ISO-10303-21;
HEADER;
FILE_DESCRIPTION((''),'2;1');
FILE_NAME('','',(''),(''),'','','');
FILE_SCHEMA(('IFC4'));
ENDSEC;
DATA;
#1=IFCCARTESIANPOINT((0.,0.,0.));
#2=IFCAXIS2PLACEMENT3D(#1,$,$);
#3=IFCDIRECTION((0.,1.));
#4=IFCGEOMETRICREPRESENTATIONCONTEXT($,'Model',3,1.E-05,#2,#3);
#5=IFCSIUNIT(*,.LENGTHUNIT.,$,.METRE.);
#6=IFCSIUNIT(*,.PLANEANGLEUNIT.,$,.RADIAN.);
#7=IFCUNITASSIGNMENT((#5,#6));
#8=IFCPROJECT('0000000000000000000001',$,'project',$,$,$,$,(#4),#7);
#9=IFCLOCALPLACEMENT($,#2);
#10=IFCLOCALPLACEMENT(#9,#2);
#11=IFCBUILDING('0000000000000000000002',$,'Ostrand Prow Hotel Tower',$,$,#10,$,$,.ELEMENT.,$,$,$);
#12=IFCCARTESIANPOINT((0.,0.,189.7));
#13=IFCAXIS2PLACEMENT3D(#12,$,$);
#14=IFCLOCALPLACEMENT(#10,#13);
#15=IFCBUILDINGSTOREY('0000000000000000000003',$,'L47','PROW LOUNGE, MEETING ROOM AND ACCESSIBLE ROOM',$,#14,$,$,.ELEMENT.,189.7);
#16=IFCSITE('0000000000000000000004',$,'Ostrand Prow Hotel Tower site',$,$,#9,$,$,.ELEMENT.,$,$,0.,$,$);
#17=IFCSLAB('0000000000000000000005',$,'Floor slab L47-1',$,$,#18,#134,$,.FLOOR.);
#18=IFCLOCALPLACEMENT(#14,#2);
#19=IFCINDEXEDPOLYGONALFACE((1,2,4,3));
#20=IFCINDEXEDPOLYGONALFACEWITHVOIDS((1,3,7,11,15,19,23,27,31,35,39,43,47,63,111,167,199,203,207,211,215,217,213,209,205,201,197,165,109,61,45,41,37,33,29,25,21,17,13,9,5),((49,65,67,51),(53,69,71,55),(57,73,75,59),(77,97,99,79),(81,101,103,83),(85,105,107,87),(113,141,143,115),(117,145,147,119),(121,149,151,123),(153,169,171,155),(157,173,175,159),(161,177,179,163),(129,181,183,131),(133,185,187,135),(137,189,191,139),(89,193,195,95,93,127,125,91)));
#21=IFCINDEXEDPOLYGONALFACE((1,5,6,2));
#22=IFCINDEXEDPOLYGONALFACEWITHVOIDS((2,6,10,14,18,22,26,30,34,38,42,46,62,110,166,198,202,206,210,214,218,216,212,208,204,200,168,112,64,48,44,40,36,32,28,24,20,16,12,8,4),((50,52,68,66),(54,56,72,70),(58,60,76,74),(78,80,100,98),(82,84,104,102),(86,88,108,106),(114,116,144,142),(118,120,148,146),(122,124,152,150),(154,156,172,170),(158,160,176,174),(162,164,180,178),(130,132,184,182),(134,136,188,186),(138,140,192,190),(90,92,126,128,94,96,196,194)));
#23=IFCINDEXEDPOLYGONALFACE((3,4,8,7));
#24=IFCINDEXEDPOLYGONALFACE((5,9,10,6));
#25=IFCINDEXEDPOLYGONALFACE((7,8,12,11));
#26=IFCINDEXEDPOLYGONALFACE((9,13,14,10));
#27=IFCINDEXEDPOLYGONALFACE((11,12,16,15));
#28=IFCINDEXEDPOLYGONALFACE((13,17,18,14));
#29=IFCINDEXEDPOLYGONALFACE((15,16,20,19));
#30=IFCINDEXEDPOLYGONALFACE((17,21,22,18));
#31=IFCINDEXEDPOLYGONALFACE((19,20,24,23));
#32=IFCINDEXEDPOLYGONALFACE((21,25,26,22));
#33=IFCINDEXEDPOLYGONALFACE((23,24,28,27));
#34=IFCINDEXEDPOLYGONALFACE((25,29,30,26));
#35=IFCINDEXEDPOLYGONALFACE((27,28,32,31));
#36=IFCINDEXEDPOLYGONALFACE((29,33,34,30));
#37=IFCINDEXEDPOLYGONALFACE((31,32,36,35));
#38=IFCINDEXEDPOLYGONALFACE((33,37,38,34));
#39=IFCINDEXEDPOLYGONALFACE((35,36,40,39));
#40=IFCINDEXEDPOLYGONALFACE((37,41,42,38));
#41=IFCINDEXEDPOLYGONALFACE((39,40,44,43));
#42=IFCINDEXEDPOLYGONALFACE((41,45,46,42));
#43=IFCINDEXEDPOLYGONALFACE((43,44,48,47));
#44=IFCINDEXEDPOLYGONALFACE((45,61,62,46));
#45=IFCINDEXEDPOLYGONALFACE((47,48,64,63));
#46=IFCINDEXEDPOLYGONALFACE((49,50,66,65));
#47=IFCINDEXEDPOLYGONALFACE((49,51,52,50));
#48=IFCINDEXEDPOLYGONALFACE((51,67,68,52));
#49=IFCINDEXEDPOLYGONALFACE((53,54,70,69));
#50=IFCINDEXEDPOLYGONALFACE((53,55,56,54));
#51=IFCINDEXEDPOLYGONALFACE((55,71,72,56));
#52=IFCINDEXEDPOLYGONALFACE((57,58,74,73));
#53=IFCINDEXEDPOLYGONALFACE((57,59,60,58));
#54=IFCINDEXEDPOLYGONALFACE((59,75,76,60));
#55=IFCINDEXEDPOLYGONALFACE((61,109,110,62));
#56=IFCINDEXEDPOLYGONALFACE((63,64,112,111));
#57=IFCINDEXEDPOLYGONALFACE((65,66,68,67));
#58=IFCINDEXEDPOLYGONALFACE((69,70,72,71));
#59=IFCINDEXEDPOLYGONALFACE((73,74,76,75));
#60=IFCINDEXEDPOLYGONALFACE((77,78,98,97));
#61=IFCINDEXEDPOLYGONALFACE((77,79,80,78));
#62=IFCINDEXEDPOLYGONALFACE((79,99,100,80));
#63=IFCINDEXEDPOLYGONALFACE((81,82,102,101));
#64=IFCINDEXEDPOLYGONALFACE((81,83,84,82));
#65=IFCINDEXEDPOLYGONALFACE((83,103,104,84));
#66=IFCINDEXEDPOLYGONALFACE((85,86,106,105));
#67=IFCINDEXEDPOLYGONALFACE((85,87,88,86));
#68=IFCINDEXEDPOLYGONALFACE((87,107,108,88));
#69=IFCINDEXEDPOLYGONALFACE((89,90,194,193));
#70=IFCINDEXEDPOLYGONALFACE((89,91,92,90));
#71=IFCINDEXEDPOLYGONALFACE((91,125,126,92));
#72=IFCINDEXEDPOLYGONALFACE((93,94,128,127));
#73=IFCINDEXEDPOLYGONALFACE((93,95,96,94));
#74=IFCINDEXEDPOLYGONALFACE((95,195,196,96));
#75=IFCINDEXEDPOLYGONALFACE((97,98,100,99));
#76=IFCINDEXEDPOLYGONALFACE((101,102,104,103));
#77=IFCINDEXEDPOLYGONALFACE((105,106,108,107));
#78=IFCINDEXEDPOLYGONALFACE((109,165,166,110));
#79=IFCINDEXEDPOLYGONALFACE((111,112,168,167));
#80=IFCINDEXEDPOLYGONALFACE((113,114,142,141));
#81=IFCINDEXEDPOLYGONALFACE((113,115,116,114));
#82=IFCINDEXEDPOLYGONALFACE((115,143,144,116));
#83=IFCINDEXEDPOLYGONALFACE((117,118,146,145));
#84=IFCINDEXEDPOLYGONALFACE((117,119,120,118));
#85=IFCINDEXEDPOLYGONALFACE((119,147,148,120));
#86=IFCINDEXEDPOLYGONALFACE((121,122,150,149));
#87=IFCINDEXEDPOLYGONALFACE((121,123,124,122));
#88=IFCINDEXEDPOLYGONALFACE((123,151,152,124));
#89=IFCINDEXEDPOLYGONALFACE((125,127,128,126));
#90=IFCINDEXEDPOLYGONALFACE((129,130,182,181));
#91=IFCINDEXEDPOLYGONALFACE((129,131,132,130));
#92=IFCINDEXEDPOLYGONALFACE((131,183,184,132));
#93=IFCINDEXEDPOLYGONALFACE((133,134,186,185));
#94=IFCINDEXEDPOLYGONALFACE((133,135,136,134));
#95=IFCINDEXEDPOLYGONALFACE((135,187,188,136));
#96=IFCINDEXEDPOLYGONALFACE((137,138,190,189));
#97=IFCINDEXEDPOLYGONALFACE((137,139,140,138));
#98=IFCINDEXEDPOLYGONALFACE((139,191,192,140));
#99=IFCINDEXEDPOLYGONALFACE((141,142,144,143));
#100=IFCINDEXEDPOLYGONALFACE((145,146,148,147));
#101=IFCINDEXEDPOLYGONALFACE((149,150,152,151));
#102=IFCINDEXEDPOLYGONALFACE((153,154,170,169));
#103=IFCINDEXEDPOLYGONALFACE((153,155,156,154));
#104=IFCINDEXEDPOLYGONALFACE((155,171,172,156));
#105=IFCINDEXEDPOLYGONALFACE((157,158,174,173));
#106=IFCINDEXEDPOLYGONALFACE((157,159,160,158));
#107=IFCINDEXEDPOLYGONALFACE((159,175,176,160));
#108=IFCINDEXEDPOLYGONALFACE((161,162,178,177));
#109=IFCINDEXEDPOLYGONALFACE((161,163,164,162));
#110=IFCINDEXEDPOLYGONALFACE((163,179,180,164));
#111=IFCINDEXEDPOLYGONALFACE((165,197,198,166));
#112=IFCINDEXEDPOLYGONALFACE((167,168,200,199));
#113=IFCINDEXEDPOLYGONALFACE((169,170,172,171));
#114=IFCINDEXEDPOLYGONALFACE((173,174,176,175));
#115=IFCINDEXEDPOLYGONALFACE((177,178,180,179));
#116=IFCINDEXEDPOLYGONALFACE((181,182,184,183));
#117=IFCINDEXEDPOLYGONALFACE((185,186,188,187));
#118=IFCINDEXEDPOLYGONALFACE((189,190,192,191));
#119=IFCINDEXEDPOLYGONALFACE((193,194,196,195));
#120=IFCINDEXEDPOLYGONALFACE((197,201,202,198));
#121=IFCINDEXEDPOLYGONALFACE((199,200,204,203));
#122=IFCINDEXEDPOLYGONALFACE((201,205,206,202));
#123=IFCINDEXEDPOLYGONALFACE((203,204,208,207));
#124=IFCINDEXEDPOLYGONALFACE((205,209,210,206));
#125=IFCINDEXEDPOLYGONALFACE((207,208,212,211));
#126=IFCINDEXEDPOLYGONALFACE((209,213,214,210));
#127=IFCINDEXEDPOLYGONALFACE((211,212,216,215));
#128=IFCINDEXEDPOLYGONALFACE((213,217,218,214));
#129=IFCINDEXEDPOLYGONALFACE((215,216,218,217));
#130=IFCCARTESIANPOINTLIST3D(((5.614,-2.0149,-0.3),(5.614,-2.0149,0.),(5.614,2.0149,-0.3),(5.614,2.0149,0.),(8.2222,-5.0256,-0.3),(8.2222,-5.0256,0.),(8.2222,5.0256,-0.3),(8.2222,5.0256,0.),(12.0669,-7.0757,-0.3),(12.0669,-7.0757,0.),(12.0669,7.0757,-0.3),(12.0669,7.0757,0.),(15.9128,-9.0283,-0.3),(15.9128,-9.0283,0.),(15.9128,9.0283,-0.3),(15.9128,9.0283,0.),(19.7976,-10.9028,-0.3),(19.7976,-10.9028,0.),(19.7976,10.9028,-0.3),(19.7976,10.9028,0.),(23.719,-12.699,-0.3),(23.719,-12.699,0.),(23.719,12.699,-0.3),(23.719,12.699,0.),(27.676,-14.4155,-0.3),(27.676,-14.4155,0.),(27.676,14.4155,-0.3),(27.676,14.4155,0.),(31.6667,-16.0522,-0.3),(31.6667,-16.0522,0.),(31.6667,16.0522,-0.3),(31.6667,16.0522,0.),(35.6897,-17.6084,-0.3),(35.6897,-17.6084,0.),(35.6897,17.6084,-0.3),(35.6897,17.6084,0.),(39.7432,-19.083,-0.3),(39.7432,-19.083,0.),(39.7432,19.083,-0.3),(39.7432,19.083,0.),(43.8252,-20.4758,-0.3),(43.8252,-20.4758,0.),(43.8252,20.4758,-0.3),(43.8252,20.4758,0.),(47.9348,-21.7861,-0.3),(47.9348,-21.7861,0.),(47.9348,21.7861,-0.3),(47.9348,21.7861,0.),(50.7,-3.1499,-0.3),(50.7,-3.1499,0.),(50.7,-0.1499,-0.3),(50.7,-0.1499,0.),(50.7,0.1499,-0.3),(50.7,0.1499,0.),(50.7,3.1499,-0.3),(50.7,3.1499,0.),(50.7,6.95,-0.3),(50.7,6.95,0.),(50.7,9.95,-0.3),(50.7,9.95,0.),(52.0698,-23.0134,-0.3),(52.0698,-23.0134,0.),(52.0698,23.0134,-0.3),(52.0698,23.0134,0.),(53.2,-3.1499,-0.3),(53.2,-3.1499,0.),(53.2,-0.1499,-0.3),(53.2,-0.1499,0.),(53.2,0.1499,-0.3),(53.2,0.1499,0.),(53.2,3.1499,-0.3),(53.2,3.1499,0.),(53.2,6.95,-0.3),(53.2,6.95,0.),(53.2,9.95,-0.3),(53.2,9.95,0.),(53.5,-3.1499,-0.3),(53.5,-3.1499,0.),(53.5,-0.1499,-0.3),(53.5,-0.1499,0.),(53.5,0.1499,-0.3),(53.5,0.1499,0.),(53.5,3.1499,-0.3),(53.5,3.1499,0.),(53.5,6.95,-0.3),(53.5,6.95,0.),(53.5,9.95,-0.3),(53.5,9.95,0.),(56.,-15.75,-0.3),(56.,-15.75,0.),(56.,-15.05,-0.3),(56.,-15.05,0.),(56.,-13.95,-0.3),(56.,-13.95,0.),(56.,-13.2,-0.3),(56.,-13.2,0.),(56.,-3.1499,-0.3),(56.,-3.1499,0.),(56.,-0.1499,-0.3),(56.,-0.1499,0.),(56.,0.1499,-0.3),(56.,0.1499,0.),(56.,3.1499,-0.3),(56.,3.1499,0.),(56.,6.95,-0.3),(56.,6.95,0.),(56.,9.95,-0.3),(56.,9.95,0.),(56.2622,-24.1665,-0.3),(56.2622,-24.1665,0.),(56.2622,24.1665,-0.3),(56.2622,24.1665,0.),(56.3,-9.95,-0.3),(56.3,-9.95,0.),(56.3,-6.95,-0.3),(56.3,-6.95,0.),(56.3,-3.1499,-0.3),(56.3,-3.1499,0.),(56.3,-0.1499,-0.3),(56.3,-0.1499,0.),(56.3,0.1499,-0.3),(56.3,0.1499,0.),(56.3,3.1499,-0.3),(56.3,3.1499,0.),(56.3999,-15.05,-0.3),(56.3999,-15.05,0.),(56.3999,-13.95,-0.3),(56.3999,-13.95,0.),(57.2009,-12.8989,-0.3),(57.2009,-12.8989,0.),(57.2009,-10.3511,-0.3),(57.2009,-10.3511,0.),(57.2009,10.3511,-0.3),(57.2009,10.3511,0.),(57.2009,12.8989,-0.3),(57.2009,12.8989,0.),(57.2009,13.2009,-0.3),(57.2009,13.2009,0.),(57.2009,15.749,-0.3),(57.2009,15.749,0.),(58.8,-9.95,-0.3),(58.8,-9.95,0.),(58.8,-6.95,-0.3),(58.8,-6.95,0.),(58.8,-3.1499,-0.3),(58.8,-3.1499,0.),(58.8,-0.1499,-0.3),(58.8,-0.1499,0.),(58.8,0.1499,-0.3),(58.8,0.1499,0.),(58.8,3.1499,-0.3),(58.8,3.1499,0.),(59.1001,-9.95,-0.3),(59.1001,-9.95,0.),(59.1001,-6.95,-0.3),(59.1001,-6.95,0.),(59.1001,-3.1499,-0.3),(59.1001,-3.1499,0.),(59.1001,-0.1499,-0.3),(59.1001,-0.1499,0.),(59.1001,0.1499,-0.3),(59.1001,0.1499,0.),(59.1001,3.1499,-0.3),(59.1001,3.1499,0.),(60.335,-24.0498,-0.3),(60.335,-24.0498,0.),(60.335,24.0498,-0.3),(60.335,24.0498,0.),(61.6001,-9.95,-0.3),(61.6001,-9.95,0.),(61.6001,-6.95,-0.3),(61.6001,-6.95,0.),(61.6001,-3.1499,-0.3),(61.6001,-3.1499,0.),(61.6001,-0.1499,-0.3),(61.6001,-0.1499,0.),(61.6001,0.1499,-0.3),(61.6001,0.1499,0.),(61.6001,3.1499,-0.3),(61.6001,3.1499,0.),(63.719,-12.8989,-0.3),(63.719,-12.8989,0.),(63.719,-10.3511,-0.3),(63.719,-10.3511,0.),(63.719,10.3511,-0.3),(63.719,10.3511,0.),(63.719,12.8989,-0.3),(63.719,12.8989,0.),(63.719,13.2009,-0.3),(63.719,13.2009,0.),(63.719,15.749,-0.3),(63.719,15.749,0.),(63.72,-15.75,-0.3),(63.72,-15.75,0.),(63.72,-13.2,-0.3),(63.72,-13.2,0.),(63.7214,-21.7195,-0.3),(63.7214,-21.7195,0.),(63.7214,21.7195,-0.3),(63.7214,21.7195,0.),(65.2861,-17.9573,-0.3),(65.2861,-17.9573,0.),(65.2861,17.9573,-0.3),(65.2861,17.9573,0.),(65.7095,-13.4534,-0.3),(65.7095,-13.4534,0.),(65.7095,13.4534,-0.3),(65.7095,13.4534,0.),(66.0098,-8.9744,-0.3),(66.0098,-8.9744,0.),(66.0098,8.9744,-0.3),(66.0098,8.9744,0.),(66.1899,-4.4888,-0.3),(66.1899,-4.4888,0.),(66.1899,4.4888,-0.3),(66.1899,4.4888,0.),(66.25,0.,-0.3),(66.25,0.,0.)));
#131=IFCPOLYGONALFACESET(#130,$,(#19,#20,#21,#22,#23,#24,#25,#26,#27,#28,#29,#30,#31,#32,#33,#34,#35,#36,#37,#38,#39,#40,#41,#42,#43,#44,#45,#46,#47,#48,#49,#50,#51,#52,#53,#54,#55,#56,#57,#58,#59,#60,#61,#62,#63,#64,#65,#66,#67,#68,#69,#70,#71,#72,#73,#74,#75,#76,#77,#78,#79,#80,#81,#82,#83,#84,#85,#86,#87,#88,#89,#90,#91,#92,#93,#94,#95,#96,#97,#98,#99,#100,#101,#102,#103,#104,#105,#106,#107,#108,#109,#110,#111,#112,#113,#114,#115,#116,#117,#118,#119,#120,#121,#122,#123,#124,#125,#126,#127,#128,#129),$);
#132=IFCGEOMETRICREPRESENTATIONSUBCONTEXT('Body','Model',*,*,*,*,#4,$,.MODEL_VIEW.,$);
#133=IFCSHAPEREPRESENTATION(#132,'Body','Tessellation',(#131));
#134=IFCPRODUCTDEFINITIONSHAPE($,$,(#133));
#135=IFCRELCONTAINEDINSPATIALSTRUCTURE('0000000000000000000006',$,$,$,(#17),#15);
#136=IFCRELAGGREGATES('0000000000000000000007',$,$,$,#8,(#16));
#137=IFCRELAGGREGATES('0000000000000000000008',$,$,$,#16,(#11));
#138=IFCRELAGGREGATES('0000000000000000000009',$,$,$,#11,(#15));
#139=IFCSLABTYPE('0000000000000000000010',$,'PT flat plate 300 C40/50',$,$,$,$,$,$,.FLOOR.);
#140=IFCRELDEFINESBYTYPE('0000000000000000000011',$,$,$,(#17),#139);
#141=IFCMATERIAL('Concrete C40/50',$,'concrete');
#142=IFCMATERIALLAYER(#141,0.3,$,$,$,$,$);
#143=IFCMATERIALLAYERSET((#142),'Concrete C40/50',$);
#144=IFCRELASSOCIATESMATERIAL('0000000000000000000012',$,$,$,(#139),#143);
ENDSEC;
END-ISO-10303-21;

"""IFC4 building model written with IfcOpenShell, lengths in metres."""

from ifc_helpers import new_model, si_unit, direction, frame, origin, place, context, subcontext, project, spatial, polyline, outline, extrude, material, layer, layer_set, type_object, element, save


model = new_model("IFC4")

# Units and contexts
model_context = context("Model", 3, precision=1e-05, world=origin(), true_north=direction((0.0, 1.0)))
body_context = subcontext(model_context, "Body", "Model", "MODEL_VIEW")
ifc_project = project(units=[si_unit("LENGTHUNIT", "METRE"), si_unit("PLANEANGLEUNIT", "RADIAN")], contexts=[model_context])

# Site, building, storey
site_placement = place(None, origin())
site = spatial("IfcSite", under=ifc_project, at=site_placement, Name="Ostrand Prow Hotel Tower site", CompositionType="ELEMENT", RefElevation=0.0)
building_placement = place(site_placement, origin())
building = spatial("IfcBuilding", under=site, at=building_placement, Name="Ostrand Prow Hotel Tower", CompositionType="ELEMENT")
storey_placement = place(building_placement, frame((0.0, 0.0, 189.7)))
storey = spatial("IfcBuildingStorey", under=building, at=storey_placement, Name="L47", Description="PROW LOUNGE, MEETING ROOM AND ACCESSIBLE ROOM", CompositionType="ELEMENT", Elevation=189.7)

# Slab, opening
ifc_material_1 = material(Name="Concrete C40/50", Category="concrete")
ifc_layer_1 = layer(ifc_material_1, 0.3)
ifc_layer_set_1 = layer_set([ifc_layer_1], Name="Concrete C40/50")
slab_type = type_object("IfcSlabType", Name="PT flat plate 300 C40/50", PredefinedType="FLOOR", material=ifc_layer_set_1)
slab_placement = place(storey_placement, frame((0.0, 0.0, -0.3)))
slab = element("IfcSlab", 1, at=slab_placement, inside=storey, type_object=slab_type, Name="Floor slab L47-1", PredefinedType="FLOOR", context=body_context, shape_type="SweptSolid", body=[
    extrude(outline(polyline([(8.2222, 5.0256), (12.0669, 7.0757), (15.9128, 9.0283), (19.7976, 10.9028), (23.719, 12.699), (27.676, 14.4155), (31.6667, 16.0522), (35.6897, 17.6084), (39.7432, 19.083), (43.8252, 20.4758), (47.9348, 21.7861), (52.0698, 23.0134), (56.2622, 24.1665), (60.335, 24.0498), (63.7214, 21.7195), (65.2861, 17.9573), (65.7095, 13.4534), (66.0098, 8.9744), (66.1899, 4.4888), (66.25, 0.0), (66.1899, -4.4888), (66.0098, -8.9744), (65.7095, -13.4534), (65.2861, -17.9573), (63.7214, -21.7195), (60.335, -24.0498), (56.2622, -24.1665), (52.0698, -23.0134), (47.9348, -21.7861), (43.8252, -20.4758), (39.7432, -19.083), (35.6897, -17.6084), (31.6667, -16.0522), (27.676, -14.4155), (23.719, -12.699), (19.7976, -10.9028), (15.9128, -9.0283), (12.0669, -7.0757), (8.2222, -5.0256), (5.614, -2.0149), (5.614, 2.0149), (8.2222, 5.0256)]), holes=[polyline([(50.7, 6.95), (53.2, 6.95), (53.2, 9.95), (50.7, 9.95), (50.7, 6.95)]), polyline([(53.5, 6.95), (56.0, 6.95), (56.0, 9.95), (53.5, 9.95), (53.5, 6.95)]), polyline([(50.7, 0.1499), (53.2, 0.1499), (53.2, 3.1499), (50.7, 3.1499), (50.7, 0.1499)]), polyline([(53.5, 0.1499), (56.0, 0.1499), (56.0, 3.1499), (53.5, 3.1499), (53.5, 0.1499)]), polyline([(56.3, 0.1499), (58.8, 0.1499), (58.8, 3.1499), (56.3, 3.1499), (56.3, 0.1499)]), polyline([(59.1001, 0.1499), (61.6001, 0.1499), (61.6001, 3.1499), (59.1001, 3.1499), (59.1001, 0.1499)]), polyline([(50.7, -3.1499), (53.2, -3.1499), (53.2, -0.1499), (50.7, -0.1499), (50.7, -3.1499)]), polyline([(53.5, -3.1499), (56.0, -3.1499), (56.0, -0.1499), (53.5, -0.1499), (53.5, -3.1499)]), polyline([(56.3, -3.1499), (58.8, -3.1499), (58.8, -0.1499), (56.3, -0.1499), (56.3, -3.1499)]), polyline([(59.1001, -3.1499), (61.6001, -3.1499), (61.6001, -0.1499), (59.1001, -0.1499), (59.1001, -3.1499)]), polyline([(56.3, -9.95), (58.8, -9.95), (58.8, -6.95), (56.3, -6.95), (56.3, -9.95)]), polyline([(59.1001, -9.95), (61.6001, -9.95), (61.6001, -6.95), (59.1001, -6.95), (59.1001, -9.95)]), polyline([(57.2009, 10.3511), (57.2009, 12.8989), (63.719, 12.8989), (63.719, 10.3511), (57.2009, 10.3511)]), polyline([(57.2009, 13.2009), (57.2009, 15.749), (63.719, 15.749), (63.719, 13.2009), (57.2009, 13.2009)]), polyline([(57.2009, -12.8989), (57.2009, -10.3511), (63.719, -10.3511), (63.719, -12.8989), (57.2009, -12.8989)]), polyline([(63.72, -13.2), (63.72, -15.75), (56.0, -15.75), (56.0, -15.05), (56.3999, -15.05), (56.3999, -13.95), (56.0, -13.95), (56.0, -13.2), (63.72, -13.2)])]), origin(), (0.0, 0.0, 1.0), 0.3),
])
opening_1_placement = place(slab_placement, origin())
element("IfcOpeningElement", 2, at=opening_1_placement, cuts=slab, PredefinedType="OPENING", context=body_context, shape_type="SweptSolid", body=[
    extrude(outline(polyline([(63.72, -13.2), (63.72, -15.75), (56.0, -15.75), (56.0, -15.05), (56.3999, -15.05), (56.3999, -13.95), (56.0, -13.95), (56.0, -13.2), (63.72, -13.2)])), origin(), (0.0, 0.0, 1.0), 0.3),
])

save(model, "model.ifc")
